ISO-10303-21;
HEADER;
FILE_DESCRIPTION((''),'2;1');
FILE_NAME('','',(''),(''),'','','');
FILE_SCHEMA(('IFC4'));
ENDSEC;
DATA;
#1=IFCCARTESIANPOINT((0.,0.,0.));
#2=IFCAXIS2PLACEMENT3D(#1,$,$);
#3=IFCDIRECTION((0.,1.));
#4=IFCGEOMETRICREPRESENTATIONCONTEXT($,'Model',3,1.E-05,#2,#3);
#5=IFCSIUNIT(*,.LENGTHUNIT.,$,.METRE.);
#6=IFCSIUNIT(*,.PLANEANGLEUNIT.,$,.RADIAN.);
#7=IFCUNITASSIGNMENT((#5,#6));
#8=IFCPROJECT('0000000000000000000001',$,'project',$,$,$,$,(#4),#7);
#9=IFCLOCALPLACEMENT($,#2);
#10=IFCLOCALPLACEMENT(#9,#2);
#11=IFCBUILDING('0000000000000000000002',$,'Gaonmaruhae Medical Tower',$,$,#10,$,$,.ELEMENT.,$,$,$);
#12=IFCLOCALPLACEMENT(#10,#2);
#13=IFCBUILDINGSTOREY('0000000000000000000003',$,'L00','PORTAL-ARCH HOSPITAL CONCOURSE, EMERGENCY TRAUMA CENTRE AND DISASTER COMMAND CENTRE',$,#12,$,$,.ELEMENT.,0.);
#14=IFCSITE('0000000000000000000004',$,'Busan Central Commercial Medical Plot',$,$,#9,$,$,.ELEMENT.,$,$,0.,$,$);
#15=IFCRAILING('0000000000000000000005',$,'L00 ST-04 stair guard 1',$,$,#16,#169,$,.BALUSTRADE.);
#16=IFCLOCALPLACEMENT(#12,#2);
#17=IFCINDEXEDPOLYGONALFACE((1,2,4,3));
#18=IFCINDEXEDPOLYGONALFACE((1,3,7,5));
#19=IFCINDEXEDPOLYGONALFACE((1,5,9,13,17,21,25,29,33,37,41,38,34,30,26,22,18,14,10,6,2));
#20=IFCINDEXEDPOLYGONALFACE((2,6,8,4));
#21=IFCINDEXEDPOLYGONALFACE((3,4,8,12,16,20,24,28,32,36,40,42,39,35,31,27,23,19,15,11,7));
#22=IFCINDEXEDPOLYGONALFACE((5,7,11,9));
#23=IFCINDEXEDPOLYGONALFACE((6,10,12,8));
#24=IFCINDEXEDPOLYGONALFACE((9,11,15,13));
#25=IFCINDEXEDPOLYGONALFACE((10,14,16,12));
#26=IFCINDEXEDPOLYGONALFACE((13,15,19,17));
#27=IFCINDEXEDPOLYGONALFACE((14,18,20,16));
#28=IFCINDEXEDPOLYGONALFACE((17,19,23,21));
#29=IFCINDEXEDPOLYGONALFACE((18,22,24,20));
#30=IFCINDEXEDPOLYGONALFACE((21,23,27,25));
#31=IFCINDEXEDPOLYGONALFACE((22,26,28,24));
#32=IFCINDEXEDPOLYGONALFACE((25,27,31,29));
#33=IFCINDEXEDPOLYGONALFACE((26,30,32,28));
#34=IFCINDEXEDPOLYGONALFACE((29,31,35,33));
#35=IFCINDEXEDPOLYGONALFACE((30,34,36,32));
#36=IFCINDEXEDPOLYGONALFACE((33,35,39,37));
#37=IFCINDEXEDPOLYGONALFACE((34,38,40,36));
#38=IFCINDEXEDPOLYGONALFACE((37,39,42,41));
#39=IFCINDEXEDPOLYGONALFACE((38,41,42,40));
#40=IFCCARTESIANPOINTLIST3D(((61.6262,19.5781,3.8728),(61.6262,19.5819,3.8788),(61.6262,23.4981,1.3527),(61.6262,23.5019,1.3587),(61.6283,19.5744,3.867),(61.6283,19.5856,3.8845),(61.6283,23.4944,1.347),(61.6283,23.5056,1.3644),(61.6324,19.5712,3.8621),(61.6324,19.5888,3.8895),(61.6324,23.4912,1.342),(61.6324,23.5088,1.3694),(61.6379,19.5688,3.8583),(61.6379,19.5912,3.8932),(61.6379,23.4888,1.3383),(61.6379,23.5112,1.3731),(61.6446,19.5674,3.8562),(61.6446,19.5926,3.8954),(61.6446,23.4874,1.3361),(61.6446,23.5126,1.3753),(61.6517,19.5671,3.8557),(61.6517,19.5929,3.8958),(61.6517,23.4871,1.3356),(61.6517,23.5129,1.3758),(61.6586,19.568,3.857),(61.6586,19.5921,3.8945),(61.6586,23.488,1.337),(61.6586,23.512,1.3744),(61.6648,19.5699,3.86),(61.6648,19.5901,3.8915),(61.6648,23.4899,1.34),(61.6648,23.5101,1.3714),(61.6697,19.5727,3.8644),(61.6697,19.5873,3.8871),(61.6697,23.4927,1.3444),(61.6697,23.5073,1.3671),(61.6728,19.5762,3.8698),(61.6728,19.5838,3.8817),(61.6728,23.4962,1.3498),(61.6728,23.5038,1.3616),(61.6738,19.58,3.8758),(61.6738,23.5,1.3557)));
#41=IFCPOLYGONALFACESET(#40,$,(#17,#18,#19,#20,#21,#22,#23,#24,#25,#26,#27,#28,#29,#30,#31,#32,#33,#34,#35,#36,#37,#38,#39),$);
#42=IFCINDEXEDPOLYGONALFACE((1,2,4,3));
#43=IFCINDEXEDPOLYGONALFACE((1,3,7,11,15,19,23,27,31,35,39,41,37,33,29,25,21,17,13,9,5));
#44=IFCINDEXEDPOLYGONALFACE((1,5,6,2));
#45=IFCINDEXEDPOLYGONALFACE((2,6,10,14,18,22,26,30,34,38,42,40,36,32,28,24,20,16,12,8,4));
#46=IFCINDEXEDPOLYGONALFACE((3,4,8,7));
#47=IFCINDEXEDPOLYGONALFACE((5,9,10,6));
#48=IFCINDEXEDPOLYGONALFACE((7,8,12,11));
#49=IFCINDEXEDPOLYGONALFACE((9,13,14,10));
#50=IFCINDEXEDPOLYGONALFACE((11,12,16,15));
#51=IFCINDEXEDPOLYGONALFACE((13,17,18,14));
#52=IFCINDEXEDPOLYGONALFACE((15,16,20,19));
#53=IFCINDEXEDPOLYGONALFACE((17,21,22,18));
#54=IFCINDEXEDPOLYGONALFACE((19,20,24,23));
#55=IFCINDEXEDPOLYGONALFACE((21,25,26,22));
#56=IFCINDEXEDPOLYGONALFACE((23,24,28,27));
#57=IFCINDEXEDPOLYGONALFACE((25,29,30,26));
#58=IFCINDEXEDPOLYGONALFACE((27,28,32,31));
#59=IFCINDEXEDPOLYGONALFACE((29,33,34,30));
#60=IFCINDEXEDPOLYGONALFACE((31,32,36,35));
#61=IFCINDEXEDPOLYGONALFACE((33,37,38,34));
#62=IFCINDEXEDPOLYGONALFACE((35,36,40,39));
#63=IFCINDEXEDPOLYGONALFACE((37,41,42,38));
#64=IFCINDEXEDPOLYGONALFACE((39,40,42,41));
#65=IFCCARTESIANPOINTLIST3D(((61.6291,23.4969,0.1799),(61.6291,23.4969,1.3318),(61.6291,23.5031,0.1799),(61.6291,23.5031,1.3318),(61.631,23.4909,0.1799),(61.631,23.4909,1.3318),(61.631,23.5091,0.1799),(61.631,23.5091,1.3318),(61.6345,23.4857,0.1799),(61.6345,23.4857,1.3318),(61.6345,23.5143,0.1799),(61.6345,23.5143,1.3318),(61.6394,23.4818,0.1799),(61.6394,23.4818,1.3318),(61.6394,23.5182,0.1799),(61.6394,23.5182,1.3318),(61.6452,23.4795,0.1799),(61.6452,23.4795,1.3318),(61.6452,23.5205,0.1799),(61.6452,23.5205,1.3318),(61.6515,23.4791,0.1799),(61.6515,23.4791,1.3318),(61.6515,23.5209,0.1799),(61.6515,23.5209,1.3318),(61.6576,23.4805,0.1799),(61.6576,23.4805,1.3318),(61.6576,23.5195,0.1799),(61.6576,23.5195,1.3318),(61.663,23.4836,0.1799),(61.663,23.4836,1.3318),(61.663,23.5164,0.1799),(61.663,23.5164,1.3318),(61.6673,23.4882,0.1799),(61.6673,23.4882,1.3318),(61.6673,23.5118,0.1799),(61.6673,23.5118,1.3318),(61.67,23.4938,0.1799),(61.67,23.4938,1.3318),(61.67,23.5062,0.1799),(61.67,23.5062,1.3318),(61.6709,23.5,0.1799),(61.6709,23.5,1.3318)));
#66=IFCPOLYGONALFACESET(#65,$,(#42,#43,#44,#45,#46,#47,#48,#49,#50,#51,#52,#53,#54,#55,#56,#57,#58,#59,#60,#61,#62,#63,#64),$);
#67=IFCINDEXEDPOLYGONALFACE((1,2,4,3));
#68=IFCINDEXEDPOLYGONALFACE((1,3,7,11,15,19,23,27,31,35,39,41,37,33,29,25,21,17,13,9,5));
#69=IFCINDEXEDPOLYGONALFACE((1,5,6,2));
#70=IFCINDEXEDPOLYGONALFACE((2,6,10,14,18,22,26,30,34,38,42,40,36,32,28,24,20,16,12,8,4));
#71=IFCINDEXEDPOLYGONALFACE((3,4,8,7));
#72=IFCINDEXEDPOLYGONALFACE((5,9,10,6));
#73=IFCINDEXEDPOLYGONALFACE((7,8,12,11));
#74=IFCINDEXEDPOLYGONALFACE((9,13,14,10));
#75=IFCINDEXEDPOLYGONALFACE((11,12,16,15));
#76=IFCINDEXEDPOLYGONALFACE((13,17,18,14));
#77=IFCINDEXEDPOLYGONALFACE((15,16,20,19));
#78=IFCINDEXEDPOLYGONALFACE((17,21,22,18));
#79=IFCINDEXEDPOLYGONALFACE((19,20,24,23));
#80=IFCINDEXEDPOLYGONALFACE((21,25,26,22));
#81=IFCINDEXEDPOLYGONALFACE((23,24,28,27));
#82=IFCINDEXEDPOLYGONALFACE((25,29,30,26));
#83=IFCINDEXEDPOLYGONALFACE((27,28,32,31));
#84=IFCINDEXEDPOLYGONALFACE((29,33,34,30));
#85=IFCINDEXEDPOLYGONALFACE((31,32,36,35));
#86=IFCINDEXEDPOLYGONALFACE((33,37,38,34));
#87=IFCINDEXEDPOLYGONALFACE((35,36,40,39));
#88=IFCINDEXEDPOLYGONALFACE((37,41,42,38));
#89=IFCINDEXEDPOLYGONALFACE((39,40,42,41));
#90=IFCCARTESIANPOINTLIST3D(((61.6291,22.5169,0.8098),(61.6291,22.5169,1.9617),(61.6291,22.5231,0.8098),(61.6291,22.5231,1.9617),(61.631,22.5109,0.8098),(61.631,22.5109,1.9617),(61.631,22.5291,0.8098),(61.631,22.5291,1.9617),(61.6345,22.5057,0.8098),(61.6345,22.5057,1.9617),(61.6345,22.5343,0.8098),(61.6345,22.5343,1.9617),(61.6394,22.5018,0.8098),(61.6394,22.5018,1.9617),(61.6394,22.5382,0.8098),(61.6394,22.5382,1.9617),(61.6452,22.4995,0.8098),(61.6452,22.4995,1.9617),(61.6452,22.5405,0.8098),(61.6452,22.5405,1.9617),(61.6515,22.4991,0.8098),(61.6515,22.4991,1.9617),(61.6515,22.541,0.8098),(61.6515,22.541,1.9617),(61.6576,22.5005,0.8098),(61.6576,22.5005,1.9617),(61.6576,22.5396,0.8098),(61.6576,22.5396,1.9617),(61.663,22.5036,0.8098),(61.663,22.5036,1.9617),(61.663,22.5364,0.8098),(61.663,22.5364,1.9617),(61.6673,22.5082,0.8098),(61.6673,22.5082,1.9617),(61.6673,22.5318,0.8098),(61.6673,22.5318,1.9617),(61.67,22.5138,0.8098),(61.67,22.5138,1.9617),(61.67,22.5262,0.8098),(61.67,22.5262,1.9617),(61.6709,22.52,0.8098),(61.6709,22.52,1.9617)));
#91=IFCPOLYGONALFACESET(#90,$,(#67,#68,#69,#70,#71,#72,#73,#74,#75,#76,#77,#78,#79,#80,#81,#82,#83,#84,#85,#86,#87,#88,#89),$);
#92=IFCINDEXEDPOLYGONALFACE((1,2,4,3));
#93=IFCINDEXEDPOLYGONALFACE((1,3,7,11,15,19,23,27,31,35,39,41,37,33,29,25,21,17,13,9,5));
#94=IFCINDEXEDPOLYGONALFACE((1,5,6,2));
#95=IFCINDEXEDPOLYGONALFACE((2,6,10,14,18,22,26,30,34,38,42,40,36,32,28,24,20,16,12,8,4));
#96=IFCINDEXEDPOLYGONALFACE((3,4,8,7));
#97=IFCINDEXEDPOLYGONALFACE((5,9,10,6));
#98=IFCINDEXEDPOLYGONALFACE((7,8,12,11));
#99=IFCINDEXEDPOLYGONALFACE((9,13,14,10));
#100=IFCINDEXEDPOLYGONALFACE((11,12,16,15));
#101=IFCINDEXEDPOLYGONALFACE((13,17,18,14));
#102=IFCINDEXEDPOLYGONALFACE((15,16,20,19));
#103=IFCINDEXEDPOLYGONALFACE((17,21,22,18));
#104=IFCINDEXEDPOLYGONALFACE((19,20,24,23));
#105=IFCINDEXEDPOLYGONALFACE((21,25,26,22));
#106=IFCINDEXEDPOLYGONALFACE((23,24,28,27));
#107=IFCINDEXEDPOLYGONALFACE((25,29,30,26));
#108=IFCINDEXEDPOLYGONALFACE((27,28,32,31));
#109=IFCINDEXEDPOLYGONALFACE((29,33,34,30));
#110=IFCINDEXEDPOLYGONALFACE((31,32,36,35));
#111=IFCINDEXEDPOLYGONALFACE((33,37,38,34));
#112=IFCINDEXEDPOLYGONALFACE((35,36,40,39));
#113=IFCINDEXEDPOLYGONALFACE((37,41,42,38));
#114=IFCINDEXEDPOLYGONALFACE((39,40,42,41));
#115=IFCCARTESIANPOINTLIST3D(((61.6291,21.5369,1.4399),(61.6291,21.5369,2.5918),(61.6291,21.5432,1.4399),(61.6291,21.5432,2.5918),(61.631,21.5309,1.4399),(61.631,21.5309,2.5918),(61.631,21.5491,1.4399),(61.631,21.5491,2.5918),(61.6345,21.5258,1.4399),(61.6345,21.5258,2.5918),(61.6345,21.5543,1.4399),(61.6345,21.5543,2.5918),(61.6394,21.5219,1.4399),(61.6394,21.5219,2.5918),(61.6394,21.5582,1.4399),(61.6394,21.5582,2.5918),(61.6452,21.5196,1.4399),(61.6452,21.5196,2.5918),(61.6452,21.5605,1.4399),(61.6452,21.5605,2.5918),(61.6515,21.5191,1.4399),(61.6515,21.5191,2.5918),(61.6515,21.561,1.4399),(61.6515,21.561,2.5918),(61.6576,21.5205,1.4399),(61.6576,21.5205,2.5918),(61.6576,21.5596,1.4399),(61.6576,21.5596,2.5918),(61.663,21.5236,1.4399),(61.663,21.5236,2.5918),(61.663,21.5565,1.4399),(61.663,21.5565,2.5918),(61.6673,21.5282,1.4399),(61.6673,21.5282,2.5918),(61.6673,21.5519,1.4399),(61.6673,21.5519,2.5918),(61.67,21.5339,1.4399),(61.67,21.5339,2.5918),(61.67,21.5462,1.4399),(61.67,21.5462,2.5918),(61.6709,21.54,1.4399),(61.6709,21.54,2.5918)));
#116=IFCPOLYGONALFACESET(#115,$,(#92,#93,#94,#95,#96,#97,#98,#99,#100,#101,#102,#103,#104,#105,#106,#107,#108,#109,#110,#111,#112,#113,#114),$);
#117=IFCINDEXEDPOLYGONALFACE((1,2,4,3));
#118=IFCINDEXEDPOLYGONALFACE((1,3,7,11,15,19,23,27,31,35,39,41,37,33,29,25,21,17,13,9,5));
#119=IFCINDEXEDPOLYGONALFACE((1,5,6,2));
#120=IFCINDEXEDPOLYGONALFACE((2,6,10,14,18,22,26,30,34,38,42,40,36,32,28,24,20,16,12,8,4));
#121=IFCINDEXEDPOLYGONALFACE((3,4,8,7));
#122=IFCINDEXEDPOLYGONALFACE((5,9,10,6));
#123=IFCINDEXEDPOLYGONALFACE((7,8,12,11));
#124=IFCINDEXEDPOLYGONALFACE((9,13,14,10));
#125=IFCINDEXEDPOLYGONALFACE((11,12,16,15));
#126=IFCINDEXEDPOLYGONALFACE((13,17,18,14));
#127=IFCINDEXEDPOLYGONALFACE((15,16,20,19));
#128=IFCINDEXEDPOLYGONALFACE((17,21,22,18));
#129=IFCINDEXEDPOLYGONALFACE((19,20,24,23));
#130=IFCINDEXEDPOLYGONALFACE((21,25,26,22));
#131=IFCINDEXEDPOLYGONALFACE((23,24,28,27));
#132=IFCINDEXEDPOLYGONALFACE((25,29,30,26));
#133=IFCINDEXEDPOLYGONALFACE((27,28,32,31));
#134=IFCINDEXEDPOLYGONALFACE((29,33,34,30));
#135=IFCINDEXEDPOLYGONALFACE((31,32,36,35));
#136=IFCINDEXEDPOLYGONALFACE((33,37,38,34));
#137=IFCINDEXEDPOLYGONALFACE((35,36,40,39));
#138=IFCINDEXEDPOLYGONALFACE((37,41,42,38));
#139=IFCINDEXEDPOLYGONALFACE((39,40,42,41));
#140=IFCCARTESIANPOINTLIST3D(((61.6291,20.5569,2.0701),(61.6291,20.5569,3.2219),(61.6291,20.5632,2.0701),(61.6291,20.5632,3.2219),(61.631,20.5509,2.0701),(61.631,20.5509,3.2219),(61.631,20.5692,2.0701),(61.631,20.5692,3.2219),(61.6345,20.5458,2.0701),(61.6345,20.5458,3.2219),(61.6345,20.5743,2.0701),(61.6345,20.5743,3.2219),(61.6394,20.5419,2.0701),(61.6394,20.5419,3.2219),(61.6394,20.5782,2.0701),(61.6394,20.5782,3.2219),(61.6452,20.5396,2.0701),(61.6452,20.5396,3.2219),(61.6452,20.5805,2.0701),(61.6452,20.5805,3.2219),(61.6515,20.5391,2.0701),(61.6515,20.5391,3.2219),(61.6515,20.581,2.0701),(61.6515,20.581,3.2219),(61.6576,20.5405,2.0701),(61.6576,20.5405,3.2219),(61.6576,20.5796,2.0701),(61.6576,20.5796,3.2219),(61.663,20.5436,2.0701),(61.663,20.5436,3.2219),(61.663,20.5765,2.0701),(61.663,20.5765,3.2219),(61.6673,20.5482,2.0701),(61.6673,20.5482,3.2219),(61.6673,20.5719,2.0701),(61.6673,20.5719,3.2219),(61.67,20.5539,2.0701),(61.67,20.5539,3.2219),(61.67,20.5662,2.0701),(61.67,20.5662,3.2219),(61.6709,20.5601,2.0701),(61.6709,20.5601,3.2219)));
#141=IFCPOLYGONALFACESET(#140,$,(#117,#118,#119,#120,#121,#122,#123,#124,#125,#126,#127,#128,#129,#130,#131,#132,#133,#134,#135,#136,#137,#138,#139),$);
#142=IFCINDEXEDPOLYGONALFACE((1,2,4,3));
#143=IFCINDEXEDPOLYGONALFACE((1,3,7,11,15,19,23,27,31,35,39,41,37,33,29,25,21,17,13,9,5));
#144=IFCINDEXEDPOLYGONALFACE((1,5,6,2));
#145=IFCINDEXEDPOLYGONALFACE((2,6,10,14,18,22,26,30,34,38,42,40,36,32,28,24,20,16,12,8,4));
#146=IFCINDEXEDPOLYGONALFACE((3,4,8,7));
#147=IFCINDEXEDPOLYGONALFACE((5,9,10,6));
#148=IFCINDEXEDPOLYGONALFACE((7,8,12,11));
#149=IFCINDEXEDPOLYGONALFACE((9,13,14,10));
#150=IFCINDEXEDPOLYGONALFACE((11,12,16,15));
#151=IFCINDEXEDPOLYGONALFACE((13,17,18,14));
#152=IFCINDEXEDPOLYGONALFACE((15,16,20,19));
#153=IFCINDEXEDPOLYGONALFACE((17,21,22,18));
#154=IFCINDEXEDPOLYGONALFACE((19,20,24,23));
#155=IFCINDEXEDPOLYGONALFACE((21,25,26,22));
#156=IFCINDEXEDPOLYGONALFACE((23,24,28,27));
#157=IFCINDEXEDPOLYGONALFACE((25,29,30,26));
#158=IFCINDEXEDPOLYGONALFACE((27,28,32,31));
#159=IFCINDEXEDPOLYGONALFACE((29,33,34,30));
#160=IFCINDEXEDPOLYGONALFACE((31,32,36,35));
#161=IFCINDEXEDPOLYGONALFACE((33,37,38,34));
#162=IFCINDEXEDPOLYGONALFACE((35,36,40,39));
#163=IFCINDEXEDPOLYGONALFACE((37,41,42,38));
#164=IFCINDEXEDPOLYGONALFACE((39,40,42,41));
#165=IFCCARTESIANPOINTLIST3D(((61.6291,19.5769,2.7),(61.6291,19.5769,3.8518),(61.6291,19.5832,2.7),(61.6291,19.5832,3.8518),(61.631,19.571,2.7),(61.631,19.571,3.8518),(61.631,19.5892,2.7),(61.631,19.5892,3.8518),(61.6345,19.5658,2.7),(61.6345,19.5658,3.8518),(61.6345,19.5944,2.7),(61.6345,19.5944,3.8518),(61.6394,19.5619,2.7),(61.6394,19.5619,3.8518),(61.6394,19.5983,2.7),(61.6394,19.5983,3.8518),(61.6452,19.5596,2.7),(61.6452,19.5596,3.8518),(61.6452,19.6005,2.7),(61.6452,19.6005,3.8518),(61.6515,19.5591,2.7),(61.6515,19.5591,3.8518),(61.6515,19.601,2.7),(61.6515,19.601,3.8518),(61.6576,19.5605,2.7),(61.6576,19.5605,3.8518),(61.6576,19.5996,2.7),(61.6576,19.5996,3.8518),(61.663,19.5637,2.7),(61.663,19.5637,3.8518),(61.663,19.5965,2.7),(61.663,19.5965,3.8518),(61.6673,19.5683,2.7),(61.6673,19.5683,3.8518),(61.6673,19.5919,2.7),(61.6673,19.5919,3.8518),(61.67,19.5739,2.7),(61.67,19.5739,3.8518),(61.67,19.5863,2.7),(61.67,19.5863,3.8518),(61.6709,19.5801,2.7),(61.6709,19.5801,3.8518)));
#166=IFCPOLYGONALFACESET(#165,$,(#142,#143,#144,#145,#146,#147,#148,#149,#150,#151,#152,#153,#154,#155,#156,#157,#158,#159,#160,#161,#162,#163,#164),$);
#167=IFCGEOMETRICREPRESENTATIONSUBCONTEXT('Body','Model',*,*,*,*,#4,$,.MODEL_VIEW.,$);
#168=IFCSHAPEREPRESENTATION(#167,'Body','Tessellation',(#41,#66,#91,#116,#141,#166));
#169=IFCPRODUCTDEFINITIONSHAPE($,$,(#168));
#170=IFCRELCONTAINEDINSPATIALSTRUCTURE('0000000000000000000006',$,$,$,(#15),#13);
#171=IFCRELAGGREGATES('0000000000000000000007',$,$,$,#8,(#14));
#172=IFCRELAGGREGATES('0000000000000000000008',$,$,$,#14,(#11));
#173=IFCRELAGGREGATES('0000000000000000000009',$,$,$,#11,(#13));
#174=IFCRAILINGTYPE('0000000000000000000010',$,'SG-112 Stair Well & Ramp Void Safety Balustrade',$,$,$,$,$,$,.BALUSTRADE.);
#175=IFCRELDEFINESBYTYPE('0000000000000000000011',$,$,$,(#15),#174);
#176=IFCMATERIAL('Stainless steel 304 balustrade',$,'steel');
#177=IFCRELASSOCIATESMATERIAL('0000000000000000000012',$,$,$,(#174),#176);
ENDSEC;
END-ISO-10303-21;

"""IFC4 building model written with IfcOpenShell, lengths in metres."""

from ifc_helpers import new_model, si_unit, direction, frame, origin, origin_2d, place, context, subcontext, project, spatial, circle, extrude, material, type_object, element, save


model = new_model("IFC4")

# Units and contexts
model_context = context("Model", 3, precision=1e-05, world=origin(), true_north=direction((0.0, 1.0)))
body_context = subcontext(model_context, "Body", "Model", "MODEL_VIEW")
ifc_project = project(units=[si_unit("LENGTHUNIT", "METRE"), si_unit("PLANEANGLEUNIT", "RADIAN")], contexts=[model_context])

# Site, building, storey
site_placement = place(None, origin())
site = spatial("IfcSite", under=ifc_project, at=site_placement, Name="Busan Central Commercial Medical Plot", CompositionType="ELEMENT", RefElevation=0.0)
building_placement = place(site_placement, origin())
building = spatial("IfcBuilding", under=site, at=building_placement, Name="Gaonmaruhae Medical Tower", CompositionType="ELEMENT")
storey_placement = place(building_placement, origin())
storey = spatial("IfcBuildingStorey", under=building, at=storey_placement, Name="L00", Description="PORTAL-ARCH HOSPITAL CONCOURSE, EMERGENCY TRAUMA CENTRE AND DISASTER COMMAND CENTRE", CompositionType="ELEMENT", Elevation=0.0)

# Railing
ifc_material_1 = material(Name="Stainless steel 304 balustrade", Category="steel")
railing_type_1 = type_object("IfcRailingType", Name="SG-112 Stair Well & Ramp Void Safety Balustrade", PredefinedType="BALUSTRADE", material=ifc_material_1)
railing_1_placement = place(storey_placement, frame((61.6499, 23.5, 0.1799)))
element("IfcRailing", 1, at=railing_1_placement, inside=storey, type_object=railing_type_1, Name="L00 ST-04 stair guard 1", PredefinedType="BALUSTRADE", context=body_context, shape_type="SweptSolid", body=[
    extrude(circle(Radius=0.0239, at=origin_2d()), frame((0.0, 0.0, 1.1758), z_axis=(0.0, -0.841172, 0.540768), x_axis=(1.0, 0.0, 0.0)), (0.0, 0.0, 1.0), 4.6602),
    extrude(circle(Radius=0.021, at=origin_2d()), origin(), (0.0, 0.0, 1.0), 1.1519),
    extrude(circle(Radius=0.021, at=origin_2d()), frame((0.0, -0.98, 0.6299)), (0.0, 0.0, 1.0), 1.1519),
    extrude(circle(Radius=0.021, at=origin_2d()), frame((0.0, -1.96, 1.26)), (0.0, 0.0, 1.0), 1.1519),
    extrude(circle(Radius=0.021, at=origin_2d()), frame((0.0, -2.9399, 1.8901)), (0.0, 0.0, 1.0), 1.1519),
    extrude(circle(Radius=0.021, at=origin_2d()), frame((0.0, -3.9199, 2.52)), (0.0, 0.0, 1.0), 1.1519),
])

save(model, "model.ifc")
